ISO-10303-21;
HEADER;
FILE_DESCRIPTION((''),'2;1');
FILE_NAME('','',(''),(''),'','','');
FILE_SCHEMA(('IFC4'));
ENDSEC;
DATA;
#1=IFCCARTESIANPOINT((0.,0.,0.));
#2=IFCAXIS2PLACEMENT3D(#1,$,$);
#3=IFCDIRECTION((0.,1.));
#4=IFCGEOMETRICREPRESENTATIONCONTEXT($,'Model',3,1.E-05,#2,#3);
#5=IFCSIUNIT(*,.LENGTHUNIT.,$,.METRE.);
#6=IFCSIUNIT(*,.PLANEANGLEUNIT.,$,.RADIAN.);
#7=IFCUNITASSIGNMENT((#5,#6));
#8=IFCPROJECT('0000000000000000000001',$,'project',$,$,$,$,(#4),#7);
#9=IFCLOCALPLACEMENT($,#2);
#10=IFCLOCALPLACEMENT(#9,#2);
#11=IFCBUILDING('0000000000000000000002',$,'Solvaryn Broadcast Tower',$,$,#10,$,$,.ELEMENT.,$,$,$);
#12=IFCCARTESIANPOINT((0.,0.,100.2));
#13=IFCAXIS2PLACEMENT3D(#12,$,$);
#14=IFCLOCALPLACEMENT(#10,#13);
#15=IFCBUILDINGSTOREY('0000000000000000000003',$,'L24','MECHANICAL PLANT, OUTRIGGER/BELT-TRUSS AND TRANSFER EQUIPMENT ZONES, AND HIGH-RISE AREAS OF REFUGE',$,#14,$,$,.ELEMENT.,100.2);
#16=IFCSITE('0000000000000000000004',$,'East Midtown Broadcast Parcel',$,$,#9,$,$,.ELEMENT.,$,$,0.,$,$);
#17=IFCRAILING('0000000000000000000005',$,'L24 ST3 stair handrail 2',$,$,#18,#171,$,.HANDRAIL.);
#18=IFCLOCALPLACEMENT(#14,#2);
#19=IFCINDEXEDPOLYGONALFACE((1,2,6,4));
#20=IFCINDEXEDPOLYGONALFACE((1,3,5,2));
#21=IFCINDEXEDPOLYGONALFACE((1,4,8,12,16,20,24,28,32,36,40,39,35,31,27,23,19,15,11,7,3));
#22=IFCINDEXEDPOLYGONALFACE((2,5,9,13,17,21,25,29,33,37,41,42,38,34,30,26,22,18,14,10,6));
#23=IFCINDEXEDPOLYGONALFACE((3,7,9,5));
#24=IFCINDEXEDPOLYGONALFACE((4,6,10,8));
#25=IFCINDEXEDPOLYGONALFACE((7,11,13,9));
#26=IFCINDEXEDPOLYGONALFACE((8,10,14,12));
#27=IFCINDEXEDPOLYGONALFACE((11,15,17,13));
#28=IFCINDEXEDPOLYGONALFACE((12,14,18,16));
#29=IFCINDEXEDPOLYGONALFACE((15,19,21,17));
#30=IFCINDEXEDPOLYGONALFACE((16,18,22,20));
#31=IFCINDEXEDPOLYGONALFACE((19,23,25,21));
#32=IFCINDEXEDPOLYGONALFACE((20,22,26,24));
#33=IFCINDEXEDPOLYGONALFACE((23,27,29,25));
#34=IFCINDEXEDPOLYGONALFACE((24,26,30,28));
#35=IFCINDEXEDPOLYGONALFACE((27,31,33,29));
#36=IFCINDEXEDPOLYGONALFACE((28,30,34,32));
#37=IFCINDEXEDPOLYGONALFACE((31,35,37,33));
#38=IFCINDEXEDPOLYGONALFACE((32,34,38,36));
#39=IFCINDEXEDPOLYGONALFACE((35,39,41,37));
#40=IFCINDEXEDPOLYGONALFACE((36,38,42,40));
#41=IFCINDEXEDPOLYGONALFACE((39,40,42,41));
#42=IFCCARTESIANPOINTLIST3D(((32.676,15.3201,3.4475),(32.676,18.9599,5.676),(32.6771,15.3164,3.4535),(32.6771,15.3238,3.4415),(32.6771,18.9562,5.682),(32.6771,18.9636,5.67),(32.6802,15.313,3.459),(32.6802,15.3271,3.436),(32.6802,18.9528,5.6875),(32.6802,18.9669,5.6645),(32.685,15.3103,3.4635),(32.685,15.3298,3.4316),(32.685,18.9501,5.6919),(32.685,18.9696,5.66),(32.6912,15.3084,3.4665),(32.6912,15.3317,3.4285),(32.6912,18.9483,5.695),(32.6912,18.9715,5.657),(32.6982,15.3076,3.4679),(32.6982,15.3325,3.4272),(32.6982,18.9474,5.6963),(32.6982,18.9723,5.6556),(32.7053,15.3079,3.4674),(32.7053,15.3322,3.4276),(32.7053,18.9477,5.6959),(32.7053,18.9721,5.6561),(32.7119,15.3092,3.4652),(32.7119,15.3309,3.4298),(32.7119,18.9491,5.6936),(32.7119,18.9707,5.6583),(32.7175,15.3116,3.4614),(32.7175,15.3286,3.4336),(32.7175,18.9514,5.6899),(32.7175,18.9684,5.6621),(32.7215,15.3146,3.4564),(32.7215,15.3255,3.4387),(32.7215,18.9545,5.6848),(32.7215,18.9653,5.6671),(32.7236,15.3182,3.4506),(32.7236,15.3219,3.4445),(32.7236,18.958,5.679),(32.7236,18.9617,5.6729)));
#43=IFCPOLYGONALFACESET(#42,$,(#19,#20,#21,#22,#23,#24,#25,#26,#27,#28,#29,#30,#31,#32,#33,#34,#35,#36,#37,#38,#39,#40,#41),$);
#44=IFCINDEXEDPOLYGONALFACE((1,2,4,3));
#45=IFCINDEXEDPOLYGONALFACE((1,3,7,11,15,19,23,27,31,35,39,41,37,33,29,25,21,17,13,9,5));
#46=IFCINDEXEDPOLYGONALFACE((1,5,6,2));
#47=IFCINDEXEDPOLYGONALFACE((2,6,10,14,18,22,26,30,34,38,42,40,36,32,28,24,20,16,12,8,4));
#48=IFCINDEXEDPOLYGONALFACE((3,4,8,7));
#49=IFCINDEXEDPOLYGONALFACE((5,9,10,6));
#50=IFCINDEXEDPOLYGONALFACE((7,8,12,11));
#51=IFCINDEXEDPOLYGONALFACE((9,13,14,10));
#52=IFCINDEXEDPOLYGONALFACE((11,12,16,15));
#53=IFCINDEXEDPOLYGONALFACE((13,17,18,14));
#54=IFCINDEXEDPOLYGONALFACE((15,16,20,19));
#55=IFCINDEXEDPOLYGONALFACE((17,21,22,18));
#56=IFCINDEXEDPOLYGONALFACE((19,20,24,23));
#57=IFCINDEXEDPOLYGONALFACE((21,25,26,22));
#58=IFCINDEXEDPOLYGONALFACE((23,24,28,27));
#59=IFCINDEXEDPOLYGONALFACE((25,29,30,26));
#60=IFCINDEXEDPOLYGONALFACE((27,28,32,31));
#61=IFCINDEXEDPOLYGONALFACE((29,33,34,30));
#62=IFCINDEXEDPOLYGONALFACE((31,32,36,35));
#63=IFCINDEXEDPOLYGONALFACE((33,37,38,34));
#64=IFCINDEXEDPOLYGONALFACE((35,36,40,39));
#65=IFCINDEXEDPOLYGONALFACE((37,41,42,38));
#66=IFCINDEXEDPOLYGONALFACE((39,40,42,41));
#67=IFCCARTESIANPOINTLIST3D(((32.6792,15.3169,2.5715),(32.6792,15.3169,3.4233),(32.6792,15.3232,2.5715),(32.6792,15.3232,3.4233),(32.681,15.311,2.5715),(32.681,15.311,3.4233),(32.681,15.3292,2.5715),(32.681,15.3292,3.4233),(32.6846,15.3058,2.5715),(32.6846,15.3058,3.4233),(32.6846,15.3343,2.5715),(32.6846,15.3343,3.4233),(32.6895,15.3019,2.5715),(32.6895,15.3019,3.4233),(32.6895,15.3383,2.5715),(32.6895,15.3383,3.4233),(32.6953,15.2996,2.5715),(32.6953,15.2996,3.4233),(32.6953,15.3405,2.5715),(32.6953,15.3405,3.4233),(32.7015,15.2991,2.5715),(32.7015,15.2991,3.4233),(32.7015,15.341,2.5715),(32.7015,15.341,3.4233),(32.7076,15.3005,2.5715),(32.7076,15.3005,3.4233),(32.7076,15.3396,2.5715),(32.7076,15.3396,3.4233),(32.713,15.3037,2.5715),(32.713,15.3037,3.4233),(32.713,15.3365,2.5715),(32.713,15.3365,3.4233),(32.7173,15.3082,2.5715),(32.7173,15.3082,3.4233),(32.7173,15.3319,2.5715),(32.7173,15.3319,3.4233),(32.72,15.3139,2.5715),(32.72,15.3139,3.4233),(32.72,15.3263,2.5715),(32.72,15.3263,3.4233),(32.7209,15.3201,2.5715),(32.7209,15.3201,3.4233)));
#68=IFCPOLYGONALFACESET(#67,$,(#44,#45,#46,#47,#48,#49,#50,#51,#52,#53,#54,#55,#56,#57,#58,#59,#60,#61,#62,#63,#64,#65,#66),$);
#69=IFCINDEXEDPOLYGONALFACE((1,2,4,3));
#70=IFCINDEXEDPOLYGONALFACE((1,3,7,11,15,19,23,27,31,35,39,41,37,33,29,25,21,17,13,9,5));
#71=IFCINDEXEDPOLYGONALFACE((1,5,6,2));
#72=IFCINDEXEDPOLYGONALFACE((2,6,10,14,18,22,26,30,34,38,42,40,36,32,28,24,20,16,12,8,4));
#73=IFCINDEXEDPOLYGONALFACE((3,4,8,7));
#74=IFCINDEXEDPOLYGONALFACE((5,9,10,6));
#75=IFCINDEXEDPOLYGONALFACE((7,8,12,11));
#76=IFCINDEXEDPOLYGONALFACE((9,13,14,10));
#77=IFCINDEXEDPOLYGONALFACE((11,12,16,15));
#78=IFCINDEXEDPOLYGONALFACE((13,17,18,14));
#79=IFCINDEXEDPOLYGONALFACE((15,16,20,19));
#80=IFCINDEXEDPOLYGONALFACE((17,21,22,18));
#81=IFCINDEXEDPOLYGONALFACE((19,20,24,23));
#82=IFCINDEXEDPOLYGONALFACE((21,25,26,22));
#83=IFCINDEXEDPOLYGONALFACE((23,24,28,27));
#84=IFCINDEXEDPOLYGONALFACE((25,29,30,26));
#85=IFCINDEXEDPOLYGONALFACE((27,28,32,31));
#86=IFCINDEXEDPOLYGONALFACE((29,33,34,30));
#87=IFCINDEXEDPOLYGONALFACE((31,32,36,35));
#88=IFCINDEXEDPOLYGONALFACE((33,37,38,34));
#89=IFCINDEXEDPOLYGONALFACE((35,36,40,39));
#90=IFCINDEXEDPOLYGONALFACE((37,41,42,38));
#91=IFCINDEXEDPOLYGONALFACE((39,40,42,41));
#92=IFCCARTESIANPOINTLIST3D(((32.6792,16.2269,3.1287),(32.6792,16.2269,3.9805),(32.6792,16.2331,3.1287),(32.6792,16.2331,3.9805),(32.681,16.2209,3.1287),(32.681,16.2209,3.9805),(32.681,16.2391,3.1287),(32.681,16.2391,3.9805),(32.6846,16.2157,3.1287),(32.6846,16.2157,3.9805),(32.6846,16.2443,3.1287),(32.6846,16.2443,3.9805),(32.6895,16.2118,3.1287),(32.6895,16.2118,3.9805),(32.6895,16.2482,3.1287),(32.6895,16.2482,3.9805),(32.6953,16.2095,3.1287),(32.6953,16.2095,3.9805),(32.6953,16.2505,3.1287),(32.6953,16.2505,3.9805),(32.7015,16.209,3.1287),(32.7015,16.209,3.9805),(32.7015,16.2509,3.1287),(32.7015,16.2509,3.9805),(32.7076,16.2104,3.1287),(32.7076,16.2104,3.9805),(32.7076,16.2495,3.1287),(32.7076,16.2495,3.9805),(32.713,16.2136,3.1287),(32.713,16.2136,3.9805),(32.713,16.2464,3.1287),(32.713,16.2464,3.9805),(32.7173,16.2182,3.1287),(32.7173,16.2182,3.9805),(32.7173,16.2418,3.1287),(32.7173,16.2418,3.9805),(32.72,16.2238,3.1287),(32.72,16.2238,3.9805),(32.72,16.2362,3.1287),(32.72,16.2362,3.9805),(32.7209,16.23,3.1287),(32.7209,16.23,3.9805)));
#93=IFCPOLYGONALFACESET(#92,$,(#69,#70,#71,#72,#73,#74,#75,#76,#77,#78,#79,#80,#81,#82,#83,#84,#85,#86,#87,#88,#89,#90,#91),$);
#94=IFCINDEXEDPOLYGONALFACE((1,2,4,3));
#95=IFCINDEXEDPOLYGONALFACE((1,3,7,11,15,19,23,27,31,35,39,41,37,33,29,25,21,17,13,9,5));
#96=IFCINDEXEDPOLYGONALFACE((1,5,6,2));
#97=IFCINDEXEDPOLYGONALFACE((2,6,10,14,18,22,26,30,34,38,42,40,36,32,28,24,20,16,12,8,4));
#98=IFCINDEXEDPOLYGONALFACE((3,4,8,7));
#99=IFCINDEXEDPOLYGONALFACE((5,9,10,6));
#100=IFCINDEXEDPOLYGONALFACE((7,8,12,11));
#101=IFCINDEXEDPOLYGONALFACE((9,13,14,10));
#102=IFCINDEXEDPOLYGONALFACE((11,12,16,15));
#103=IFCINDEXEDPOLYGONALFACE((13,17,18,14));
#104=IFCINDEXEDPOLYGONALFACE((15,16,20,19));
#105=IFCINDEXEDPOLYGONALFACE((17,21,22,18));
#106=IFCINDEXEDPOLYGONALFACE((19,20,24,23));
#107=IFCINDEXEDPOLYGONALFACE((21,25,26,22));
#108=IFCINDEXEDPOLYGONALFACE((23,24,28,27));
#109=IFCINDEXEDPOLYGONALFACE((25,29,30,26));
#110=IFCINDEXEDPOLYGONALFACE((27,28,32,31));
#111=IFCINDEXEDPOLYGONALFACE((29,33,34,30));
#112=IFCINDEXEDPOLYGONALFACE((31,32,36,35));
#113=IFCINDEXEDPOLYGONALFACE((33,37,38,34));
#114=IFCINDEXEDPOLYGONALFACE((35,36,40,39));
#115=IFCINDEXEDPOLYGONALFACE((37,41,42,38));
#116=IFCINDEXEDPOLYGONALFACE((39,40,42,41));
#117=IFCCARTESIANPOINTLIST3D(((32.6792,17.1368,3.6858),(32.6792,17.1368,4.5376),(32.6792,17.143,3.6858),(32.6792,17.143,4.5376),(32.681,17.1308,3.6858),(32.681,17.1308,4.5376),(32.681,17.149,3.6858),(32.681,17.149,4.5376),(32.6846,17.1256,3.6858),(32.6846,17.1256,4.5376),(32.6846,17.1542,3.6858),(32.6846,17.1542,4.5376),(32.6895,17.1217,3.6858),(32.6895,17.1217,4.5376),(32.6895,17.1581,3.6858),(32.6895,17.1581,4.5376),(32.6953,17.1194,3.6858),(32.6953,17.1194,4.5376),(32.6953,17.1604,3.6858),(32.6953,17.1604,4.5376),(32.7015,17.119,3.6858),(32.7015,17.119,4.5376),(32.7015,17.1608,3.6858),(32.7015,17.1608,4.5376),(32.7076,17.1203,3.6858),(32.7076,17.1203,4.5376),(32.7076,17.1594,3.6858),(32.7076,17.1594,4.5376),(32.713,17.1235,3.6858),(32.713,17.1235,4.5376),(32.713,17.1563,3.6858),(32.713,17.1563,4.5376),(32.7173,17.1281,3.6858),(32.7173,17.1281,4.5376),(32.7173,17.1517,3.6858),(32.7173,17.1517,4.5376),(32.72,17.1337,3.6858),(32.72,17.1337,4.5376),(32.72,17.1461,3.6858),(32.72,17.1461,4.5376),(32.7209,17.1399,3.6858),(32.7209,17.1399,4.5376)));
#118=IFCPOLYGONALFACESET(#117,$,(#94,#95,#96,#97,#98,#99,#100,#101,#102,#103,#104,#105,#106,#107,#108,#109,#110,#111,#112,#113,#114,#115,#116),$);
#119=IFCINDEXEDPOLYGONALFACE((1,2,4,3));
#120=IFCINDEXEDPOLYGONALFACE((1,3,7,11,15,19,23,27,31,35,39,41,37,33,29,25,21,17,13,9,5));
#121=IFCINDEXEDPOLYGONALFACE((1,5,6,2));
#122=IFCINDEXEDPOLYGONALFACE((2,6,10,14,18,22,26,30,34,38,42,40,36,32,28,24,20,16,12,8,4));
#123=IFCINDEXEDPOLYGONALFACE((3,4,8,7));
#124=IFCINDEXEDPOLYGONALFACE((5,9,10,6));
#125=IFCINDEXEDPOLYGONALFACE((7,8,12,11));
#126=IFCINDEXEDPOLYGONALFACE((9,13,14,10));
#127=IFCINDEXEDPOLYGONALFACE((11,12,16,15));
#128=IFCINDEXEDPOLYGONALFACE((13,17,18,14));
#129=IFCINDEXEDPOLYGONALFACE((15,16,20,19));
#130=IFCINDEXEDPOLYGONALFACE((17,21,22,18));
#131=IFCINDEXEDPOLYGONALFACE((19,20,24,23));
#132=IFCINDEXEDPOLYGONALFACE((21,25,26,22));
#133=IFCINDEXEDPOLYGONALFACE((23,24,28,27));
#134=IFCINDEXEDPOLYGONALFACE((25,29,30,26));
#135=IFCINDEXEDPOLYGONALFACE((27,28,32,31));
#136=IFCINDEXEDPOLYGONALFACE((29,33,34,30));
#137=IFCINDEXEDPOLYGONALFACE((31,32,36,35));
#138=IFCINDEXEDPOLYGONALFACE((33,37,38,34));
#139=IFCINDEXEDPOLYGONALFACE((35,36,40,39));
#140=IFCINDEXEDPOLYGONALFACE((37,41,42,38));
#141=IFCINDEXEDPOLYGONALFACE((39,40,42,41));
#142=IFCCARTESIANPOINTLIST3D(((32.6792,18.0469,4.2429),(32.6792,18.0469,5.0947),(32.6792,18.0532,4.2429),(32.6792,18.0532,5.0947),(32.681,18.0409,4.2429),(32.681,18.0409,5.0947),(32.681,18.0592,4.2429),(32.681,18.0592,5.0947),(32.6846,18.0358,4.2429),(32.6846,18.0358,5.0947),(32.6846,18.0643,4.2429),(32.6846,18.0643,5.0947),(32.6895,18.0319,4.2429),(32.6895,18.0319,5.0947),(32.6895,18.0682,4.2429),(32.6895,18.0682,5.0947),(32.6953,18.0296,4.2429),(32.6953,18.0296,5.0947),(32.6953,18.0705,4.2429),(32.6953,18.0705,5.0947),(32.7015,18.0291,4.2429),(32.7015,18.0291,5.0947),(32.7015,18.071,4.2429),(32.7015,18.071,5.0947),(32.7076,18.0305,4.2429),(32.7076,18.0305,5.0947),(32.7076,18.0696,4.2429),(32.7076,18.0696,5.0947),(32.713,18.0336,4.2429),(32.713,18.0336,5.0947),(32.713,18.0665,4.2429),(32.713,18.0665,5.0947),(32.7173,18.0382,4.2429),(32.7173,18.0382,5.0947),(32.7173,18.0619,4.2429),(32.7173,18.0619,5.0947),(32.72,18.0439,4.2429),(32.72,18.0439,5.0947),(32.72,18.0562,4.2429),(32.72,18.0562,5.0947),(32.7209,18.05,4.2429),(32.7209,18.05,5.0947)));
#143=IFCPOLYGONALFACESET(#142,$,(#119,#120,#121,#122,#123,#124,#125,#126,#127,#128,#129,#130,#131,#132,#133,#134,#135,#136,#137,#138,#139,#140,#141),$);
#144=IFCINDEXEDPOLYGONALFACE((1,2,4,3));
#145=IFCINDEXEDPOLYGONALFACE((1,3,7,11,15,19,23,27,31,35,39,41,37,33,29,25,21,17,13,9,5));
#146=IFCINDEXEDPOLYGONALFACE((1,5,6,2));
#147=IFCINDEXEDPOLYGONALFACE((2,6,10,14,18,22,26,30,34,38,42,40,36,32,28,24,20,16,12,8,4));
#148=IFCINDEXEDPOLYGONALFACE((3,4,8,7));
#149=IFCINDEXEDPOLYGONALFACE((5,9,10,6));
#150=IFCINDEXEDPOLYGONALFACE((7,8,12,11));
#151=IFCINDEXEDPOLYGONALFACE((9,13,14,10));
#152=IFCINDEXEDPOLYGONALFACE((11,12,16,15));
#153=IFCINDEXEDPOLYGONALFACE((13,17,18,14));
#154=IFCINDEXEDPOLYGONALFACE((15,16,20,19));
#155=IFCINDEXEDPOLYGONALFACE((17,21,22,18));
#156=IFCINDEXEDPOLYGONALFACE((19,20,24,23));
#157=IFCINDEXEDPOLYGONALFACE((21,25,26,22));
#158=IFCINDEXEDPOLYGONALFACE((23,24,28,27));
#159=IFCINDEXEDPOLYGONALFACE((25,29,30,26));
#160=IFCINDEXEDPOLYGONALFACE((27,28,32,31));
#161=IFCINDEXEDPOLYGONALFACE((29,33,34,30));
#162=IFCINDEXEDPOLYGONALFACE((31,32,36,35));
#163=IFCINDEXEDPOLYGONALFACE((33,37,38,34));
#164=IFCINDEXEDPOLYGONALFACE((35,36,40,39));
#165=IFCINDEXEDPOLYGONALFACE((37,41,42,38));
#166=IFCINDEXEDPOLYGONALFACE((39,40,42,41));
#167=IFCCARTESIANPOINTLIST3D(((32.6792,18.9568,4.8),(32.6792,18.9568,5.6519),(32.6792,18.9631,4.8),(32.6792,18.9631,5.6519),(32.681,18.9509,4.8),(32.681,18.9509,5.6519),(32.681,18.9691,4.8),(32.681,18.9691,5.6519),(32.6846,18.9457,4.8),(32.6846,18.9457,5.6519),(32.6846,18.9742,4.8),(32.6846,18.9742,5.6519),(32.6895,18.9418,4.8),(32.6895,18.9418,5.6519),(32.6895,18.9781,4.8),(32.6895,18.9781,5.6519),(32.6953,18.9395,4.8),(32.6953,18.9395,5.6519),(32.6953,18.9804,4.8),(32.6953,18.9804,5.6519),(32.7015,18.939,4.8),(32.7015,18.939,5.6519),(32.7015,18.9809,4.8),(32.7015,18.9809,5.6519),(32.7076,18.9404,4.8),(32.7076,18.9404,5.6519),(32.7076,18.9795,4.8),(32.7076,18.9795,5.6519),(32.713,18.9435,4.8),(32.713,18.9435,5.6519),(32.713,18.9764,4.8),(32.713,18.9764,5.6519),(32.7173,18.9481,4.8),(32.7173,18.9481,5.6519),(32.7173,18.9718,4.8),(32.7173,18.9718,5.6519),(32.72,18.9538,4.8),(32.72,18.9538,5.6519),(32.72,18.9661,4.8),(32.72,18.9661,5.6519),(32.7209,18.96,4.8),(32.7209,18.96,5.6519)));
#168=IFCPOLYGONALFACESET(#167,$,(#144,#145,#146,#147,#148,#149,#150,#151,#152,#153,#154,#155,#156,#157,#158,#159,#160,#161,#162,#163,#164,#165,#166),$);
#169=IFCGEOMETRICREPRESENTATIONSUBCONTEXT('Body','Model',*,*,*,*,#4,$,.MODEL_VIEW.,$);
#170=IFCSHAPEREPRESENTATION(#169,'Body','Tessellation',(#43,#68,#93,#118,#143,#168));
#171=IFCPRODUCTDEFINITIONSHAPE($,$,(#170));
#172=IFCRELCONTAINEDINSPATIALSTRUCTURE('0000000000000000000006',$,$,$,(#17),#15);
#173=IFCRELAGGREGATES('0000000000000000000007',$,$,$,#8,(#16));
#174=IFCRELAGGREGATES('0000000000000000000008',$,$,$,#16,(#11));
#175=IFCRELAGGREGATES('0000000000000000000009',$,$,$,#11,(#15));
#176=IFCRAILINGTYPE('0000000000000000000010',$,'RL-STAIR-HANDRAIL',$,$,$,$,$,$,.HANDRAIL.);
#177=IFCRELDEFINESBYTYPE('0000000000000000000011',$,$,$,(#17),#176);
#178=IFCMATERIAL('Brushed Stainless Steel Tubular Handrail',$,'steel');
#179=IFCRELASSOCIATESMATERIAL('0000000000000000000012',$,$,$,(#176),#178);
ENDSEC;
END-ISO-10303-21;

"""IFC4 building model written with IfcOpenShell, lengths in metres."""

from ifc_helpers import new_model, si_unit, direction, frame, origin, origin_2d, place, context, subcontext, project, spatial, circle, extrude, material, type_object, element, save


model = new_model("IFC4")

# Units and contexts
model_context = context("Model", 3, precision=1e-05, world=origin(), true_north=direction((0.0, 1.0)))
body_context = subcontext(model_context, "Body", "Model", "MODEL_VIEW")
ifc_project = project(units=[si_unit("LENGTHUNIT", "METRE"), si_unit("PLANEANGLEUNIT", "RADIAN")], contexts=[model_context])

# Site, building, storey
site_placement = place(None, origin())
site = spatial("IfcSite", under=ifc_project, at=site_placement, Name="East Midtown Broadcast Parcel", CompositionType="ELEMENT", RefElevation=0.0)
building_placement = place(site_placement, origin())
building = spatial("IfcBuilding", under=site, at=building_placement, Name="Solvaryn Broadcast Tower", CompositionType="ELEMENT")
storey_placement = place(building_placement, frame((0.0, 0.0, 100.2)))
storey = spatial("IfcBuildingStorey", under=building, at=storey_placement, Name="L24", Description="MECHANICAL PLANT, OUTRIGGER/BELT-TRUSS AND TRANSFER EQUIPMENT ZONES, AND HIGH-RISE AREAS OF REFUGE", CompositionType="ELEMENT", Elevation=100.2)

# Railing
ifc_material_1 = material(Name="Brushed Stainless Steel Tubular Handrail", Category="steel")
railing_type_1 = type_object("IfcRailingType", Name="RL-STAIR-HANDRAIL", PredefinedType="HANDRAIL", material=ifc_material_1)
railing_1_placement = place(storey_placement, frame((32.7, 15.3201, 2.5715)))
element("IfcRailing", 1, at=railing_1_placement, inside=storey, type_object=railing_type_1, Name="L24 ST3 stair handrail 2", PredefinedType="HANDRAIL", context=body_context, shape_type="SweptSolid", body=[
    extrude(circle(Radius=0.0239, at=origin_2d()), frame((0.0, 0.0, 0.876), z_axis=(0.0, 0.85285, 0.522156), x_axis=(-1.0, 0.0, 0.0)), (0.0, 0.0, 1.0), 4.2678),
    extrude(circle(Radius=0.021, at=origin_2d()), origin(), (0.0, 0.0, 1.0), 0.8518),
    extrude(circle(Radius=0.021, at=origin_2d()), frame((0.0, 0.9099, 0.5571)), (0.0, 0.0, 1.0), 0.8518),
    extrude(circle(Radius=0.021, at=origin_2d()), frame((0.0, 1.8198, 1.1143)), (0.0, 0.0, 1.0), 0.8518),
    extrude(circle(Radius=0.021, at=origin_2d()), frame((0.0, 2.73, 1.6714)), (0.0, 0.0, 1.0), 0.8518),
    extrude(circle(Radius=0.021, at=origin_2d()), frame((0.0, 3.6399, 2.2285)), (0.0, 0.0, 1.0), 0.8518),
])

save(model, "model.ifc")
